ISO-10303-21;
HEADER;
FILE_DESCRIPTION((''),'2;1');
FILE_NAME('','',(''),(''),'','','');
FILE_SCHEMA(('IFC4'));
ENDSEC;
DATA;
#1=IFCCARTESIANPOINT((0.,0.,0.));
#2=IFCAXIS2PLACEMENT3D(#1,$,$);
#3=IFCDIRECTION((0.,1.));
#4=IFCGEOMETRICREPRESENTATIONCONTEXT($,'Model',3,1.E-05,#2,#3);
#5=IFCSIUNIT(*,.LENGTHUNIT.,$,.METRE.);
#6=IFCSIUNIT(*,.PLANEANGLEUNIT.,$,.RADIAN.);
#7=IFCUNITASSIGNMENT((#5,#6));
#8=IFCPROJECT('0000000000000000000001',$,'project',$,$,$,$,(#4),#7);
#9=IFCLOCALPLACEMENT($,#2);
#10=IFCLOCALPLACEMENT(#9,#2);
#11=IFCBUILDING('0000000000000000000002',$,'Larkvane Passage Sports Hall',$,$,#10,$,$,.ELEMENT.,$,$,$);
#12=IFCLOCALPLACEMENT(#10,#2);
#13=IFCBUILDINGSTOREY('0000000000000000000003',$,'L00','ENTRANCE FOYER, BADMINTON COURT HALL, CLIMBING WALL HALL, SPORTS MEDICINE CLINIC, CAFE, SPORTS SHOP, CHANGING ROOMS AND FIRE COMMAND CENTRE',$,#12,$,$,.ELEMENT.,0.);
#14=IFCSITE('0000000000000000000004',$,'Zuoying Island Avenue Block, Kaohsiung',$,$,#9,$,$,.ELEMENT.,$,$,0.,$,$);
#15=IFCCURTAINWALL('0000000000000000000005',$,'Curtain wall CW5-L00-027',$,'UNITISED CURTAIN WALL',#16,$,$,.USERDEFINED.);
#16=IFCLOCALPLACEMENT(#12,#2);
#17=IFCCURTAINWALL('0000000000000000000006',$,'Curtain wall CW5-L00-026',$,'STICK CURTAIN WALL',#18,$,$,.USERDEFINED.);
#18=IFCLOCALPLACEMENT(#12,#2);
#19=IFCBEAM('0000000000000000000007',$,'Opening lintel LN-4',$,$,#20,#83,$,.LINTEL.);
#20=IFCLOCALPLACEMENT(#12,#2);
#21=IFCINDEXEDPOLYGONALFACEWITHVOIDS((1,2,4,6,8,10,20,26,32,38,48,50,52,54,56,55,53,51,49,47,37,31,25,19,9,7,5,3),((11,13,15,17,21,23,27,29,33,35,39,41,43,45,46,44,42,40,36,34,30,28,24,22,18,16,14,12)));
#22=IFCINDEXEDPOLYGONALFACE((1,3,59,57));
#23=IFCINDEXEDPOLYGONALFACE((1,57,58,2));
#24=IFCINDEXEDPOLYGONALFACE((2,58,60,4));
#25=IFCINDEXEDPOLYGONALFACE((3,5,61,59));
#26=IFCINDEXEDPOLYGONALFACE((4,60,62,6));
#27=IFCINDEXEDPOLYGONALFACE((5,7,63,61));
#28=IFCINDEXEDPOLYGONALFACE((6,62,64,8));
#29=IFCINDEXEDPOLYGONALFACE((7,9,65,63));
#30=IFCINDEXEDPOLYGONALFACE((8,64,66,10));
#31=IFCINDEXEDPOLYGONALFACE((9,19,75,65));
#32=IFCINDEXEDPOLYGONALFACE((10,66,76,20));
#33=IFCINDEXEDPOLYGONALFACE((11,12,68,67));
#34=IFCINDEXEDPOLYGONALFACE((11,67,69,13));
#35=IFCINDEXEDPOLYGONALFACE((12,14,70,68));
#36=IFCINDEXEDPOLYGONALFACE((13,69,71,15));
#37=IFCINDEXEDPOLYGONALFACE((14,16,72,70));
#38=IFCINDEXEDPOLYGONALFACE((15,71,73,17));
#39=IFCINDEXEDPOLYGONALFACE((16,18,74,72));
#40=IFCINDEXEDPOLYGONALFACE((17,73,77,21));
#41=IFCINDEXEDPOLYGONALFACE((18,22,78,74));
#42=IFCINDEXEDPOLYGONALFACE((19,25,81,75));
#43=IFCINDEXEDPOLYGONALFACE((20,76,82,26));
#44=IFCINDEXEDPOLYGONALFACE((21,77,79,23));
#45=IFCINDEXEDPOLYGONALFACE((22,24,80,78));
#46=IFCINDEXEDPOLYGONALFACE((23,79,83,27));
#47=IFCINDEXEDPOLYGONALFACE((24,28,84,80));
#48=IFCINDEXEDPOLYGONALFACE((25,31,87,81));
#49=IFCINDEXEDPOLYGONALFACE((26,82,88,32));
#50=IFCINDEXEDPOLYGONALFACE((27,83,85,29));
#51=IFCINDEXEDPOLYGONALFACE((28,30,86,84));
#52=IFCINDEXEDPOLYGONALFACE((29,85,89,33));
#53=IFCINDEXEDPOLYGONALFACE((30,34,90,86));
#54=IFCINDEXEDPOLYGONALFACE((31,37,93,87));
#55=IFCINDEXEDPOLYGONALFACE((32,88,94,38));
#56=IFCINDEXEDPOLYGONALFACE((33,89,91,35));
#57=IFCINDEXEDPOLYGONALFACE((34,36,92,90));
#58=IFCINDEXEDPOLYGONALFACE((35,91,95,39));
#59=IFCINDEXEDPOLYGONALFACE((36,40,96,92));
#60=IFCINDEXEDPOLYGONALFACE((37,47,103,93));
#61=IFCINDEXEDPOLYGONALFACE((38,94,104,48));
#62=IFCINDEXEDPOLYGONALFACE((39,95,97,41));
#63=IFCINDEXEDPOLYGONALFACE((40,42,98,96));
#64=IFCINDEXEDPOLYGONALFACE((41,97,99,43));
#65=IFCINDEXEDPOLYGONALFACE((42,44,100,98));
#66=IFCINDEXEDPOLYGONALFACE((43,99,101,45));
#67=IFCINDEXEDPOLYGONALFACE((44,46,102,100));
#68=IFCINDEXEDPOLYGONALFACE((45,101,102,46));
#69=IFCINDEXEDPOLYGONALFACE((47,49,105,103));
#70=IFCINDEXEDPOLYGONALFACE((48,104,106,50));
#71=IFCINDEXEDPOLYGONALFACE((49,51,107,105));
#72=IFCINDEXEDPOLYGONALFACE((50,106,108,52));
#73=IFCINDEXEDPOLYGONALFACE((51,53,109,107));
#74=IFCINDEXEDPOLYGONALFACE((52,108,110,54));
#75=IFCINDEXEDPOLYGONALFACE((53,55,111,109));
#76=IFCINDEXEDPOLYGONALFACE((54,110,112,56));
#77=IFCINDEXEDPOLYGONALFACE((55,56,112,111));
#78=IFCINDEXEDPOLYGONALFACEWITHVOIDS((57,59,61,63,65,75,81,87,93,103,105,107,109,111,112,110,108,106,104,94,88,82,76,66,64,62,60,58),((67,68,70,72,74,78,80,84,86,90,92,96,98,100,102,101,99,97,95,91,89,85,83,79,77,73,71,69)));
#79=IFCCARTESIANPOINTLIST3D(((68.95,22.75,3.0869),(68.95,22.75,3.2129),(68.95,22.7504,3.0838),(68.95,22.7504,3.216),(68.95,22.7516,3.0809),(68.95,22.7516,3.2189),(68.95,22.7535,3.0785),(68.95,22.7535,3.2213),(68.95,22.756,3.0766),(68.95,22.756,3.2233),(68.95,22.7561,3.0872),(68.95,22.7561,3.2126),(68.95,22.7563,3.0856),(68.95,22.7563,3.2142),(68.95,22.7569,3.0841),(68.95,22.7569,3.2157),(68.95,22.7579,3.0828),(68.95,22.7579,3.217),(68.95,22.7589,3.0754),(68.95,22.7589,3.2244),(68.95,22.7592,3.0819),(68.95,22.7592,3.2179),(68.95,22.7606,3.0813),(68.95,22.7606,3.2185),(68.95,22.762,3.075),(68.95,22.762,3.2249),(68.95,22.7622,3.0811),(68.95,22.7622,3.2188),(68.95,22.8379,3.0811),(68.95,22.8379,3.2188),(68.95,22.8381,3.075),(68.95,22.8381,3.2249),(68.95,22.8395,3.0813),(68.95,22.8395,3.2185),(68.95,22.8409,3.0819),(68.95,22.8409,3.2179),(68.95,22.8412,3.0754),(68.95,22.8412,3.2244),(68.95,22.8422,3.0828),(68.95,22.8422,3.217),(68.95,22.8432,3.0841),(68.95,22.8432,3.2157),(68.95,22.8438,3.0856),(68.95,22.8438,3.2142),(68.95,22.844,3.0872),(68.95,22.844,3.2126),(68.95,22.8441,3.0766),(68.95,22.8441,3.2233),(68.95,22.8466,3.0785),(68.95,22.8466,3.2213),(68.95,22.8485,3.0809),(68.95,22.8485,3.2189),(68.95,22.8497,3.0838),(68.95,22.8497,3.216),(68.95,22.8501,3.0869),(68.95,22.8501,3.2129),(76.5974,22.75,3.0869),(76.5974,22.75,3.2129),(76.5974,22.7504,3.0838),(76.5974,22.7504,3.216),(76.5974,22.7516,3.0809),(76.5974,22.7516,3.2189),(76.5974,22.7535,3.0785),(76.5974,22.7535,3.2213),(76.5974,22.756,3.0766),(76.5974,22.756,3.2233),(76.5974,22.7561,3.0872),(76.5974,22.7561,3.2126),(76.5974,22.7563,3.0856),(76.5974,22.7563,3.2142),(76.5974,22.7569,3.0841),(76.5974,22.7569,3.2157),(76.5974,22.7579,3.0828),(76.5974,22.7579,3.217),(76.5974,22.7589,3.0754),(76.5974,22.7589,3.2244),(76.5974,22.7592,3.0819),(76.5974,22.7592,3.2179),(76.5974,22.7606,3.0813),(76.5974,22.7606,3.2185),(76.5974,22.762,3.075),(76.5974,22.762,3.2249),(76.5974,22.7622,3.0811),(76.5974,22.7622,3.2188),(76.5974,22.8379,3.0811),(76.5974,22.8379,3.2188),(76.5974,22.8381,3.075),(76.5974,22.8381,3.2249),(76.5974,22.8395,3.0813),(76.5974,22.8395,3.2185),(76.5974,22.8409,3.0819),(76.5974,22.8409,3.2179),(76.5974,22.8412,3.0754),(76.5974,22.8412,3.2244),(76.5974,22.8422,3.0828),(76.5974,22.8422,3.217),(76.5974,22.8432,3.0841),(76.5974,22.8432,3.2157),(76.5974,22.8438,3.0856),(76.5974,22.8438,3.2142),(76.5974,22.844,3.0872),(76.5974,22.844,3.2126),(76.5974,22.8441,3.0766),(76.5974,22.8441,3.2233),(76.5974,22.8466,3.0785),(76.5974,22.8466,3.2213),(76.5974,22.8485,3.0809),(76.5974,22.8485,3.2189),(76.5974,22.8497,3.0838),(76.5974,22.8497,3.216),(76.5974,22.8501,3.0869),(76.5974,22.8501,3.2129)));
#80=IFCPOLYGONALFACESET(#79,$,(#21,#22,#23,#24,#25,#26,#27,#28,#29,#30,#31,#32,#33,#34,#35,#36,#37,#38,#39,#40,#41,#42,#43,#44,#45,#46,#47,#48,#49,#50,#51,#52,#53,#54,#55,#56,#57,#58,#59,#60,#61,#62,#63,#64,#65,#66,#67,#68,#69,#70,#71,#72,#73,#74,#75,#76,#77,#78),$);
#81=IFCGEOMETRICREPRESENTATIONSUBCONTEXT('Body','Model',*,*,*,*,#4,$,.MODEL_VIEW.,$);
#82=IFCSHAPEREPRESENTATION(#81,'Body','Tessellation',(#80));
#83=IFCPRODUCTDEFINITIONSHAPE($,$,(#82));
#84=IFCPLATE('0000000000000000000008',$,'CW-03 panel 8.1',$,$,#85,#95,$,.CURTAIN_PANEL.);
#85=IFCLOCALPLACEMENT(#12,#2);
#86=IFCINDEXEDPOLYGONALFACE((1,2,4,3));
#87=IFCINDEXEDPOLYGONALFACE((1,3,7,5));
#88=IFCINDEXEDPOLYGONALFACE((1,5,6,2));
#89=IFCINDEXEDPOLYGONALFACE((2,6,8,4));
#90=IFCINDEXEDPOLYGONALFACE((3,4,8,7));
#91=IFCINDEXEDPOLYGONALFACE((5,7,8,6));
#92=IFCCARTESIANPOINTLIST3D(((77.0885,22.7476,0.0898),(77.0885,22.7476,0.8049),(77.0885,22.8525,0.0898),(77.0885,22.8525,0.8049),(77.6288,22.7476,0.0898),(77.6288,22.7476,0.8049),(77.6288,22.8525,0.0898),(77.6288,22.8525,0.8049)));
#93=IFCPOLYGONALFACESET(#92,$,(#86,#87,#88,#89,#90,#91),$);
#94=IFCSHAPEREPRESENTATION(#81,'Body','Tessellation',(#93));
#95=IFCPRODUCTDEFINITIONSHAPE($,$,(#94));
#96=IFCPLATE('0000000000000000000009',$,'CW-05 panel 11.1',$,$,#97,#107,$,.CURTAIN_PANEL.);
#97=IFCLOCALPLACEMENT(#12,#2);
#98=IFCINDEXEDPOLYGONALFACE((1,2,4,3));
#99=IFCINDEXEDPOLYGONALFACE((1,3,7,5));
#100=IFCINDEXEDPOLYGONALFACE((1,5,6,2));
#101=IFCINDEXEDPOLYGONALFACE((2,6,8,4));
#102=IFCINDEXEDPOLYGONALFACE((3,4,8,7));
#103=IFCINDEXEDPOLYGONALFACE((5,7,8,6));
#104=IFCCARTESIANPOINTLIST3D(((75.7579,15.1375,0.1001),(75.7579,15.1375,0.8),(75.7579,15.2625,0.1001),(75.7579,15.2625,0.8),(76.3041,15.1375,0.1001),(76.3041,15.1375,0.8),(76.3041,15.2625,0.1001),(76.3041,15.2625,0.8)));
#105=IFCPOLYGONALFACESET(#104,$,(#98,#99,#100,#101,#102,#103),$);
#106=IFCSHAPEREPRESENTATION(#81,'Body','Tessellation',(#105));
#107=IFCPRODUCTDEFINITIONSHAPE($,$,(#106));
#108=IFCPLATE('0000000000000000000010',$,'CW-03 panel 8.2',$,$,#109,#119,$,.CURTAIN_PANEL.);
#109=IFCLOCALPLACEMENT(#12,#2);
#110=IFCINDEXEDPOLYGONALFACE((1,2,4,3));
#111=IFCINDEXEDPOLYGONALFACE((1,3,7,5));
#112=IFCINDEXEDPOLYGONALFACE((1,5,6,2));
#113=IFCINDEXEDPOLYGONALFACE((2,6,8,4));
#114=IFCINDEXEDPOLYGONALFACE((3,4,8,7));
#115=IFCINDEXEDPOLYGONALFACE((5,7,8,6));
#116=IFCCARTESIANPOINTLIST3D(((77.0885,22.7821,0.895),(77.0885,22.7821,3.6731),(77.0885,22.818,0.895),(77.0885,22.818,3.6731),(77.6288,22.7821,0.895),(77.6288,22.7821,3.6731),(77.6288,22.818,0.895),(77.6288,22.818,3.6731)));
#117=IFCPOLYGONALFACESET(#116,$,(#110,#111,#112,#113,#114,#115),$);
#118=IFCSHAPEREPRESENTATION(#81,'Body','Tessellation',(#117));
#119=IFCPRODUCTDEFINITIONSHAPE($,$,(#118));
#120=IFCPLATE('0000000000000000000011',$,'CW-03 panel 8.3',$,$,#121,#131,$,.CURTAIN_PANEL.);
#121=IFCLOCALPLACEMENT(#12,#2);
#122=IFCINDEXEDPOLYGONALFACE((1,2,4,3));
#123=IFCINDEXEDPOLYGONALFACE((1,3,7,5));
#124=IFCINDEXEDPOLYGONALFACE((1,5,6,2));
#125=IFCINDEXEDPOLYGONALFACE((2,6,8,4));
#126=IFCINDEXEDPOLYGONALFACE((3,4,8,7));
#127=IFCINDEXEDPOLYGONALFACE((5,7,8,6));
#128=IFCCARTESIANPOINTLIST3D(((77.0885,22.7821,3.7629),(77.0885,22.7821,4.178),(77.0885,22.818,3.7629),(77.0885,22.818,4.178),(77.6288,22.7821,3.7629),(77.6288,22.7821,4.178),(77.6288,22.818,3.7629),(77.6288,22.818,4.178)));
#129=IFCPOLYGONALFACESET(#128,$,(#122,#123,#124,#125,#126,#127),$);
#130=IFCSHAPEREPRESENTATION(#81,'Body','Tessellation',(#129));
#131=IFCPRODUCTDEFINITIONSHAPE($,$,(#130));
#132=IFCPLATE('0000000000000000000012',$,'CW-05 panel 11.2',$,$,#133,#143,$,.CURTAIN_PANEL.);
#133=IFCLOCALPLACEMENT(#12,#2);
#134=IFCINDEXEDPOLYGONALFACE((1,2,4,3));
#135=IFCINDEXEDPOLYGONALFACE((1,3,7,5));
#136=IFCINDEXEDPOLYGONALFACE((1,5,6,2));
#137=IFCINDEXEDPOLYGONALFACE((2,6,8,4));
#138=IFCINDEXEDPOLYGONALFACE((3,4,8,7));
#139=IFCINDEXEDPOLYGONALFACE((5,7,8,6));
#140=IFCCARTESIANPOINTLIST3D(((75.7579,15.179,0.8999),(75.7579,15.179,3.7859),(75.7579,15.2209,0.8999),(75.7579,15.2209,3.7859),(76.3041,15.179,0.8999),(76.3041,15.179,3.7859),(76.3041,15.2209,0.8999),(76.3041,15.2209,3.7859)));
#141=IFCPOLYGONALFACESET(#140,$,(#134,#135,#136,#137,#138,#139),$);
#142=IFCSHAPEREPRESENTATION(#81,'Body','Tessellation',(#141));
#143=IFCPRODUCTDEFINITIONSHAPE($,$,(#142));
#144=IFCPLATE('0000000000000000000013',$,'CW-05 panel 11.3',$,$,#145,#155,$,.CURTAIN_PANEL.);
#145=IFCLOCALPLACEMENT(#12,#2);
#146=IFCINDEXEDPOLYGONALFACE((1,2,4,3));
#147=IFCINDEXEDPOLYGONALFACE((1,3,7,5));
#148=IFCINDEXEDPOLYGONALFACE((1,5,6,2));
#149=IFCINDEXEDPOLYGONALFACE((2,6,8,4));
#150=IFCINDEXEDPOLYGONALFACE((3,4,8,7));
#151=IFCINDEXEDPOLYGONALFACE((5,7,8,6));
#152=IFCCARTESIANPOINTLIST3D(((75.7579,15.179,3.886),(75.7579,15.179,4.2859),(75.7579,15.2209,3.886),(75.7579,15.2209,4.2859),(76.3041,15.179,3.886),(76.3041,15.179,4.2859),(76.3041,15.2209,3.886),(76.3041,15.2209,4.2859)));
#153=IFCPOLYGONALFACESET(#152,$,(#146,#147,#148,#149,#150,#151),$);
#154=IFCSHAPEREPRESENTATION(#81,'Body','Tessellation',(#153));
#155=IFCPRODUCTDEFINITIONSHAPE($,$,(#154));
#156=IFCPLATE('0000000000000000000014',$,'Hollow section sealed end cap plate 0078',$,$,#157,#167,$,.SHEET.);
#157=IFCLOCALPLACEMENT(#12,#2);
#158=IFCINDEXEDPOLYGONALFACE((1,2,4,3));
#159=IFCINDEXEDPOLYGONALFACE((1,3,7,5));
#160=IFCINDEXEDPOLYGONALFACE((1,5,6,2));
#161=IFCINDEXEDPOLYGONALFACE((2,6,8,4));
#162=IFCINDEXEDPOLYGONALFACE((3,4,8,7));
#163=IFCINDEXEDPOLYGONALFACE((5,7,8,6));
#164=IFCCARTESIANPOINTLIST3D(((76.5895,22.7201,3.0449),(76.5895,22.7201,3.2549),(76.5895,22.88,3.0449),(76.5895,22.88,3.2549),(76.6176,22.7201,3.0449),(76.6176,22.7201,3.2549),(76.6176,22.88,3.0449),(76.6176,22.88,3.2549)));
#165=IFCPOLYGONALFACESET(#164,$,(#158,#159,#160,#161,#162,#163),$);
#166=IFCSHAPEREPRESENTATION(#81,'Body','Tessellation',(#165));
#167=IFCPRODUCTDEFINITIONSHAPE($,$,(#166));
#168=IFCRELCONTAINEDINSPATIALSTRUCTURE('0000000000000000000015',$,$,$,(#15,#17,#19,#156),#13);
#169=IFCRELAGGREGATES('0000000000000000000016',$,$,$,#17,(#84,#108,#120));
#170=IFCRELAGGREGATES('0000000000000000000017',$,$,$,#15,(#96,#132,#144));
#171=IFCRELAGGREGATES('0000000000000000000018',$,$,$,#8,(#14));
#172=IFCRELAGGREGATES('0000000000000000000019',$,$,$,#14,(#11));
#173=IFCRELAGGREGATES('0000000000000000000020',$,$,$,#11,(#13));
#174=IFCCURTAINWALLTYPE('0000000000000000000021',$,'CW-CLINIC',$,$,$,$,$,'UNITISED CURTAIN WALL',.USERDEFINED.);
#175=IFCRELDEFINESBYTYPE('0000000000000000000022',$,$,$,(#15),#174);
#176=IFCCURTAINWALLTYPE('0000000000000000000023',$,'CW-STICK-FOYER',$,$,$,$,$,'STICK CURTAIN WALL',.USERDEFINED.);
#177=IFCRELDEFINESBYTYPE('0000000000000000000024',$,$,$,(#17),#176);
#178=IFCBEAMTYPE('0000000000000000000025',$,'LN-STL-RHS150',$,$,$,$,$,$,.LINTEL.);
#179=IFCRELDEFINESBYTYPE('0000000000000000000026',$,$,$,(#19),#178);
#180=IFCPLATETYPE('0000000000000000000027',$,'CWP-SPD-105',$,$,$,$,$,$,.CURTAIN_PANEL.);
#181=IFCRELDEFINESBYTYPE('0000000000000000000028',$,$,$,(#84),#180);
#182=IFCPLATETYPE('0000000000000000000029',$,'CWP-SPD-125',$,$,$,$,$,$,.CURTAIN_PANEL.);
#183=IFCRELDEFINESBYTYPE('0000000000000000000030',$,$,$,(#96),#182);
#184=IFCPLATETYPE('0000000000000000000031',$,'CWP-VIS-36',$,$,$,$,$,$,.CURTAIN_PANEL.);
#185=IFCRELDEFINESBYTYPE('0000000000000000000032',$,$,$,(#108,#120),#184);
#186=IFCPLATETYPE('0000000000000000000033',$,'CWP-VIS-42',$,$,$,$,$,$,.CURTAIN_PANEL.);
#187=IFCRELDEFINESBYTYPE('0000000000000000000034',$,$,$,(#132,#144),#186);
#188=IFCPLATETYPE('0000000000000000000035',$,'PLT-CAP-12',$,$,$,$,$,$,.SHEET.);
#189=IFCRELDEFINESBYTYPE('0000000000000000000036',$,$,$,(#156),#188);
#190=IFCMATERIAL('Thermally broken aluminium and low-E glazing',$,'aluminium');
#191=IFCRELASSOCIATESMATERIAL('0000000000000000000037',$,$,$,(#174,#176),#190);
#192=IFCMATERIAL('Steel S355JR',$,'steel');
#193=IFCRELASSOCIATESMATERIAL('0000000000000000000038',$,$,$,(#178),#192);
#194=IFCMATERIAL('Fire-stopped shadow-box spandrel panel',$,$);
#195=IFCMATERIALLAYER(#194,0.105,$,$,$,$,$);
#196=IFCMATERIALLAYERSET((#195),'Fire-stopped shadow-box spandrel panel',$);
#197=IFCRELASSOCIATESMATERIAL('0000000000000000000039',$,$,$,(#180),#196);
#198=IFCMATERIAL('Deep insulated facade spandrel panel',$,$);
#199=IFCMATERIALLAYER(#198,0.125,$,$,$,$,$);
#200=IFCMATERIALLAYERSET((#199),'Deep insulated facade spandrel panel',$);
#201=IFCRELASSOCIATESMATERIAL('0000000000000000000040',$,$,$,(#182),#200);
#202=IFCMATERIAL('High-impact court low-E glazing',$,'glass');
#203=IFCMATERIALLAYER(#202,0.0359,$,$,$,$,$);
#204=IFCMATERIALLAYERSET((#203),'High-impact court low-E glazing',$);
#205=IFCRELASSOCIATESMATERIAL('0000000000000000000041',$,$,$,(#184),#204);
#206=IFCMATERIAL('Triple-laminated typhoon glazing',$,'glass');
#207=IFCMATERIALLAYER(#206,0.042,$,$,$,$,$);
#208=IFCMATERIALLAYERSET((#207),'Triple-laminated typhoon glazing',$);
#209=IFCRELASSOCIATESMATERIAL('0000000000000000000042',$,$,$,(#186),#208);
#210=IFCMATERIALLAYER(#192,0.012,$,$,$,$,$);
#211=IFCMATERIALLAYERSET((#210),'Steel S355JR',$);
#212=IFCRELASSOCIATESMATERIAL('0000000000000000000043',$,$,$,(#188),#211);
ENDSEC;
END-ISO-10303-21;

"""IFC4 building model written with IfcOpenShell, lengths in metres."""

from ifc_helpers import new_model, si_unit, direction, frame, origin, origin_2d, place, context, subcontext, project, spatial, rectangle, hollow_rectangle, extrude, material, layer, layer_set, material_profile, profile_set, type_object, element, aggregate, save


model = new_model("IFC4")

# Units and contexts
model_context = context("Model", 3, precision=1e-05, world=origin(), true_north=direction((0.0, 1.0)))
body_context = subcontext(model_context, "Body", "Model", "MODEL_VIEW")
ifc_project = project(units=[si_unit("LENGTHUNIT", "METRE"), si_unit("PLANEANGLEUNIT", "RADIAN")], contexts=[model_context])

# Site, building, storey
site_placement = place(None, origin())
site = spatial("IfcSite", under=ifc_project, at=site_placement, Name="Zuoying Island Avenue Block, Kaohsiung", CompositionType="ELEMENT", RefElevation=0.0)
building_placement = place(site_placement, origin())
building = spatial("IfcBuilding", under=site, at=building_placement, Name="Larkvane Passage Sports Hall", CompositionType="ELEMENT")
storey_placement = place(building_placement, origin())
storey = spatial("IfcBuildingStorey", under=building, at=storey_placement, Name="L00", Description="ENTRANCE FOYER, BADMINTON COURT HALL, CLIMBING WALL HALL, SPORTS MEDICINE CLINIC, CAFE, SPORTS SHOP, CHANGING ROOMS AND FIRE COMMAND CENTRE", CompositionType="ELEMENT", Elevation=0.0)

# Curtain wall
ifc_material_1 = material(Name="Thermally broken aluminium and low-E glazing", Category="aluminium")
curtain_wall_type_1 = type_object("IfcCurtainWallType", Name="CW-CLINIC", ElementType="UNITISED CURTAIN WALL", PredefinedType="USERDEFINED", material=ifc_material_1)
curtain_wall_1_placement = place(storey_placement, origin())
curtain_wall_1 = element("IfcCurtainWall", 1, at=curtain_wall_1_placement, inside=storey, type_object=curtain_wall_type_1, Name="Curtain wall CW5-L00-027", ObjectType="UNITISED CURTAIN WALL", PredefinedType="USERDEFINED")

# Curtain wall
curtain_wall_type_2 = type_object("IfcCurtainWallType", Name="CW-STICK-FOYER", ElementType="STICK CURTAIN WALL", PredefinedType="USERDEFINED", material=ifc_material_1)
curtain_wall_2_placement = place(storey_placement, origin())
curtain_wall_2 = element("IfcCurtainWall", 2, at=curtain_wall_2_placement, inside=storey, type_object=curtain_wall_type_2, Name="Curtain wall CW5-L00-026", ObjectType="STICK CURTAIN WALL", PredefinedType="USERDEFINED")

# Beam
ifc_material_2 = material(Name="Steel S355JR", Category="steel")
ifc_material_profile_1 = material_profile(ifc_material_2, hollow_rectangle(XDim=0.1001, YDim=0.1499, WallThickness=0.0061, InnerFilletRadius=0.0061, OuterFilletRadius=0.012, at=origin_2d()), Name="RHS-150x100x6")
ifc_profile_set_1 = profile_set([ifc_material_profile_1], Name="Steel S355JR")
beam_type_1 = type_object("IfcBeamType", Name="LN-STL-RHS150", PredefinedType="LINTEL", material=ifc_profile_set_1)
beam_1_placement = place(storey_placement, frame((68.95, 22.8, 3.1499), z_axis=(1.0, 0.0, 0.0), x_axis=(0.0, 1.0, 0.0)))
element("IfcBeam", 3, at=beam_1_placement, inside=storey, type_object=beam_type_1, Name="Opening lintel LN-4", PredefinedType="LINTEL", context=body_context, shape_type="SweptSolid", body=[
    extrude(hollow_rectangle(XDim=0.1001, YDim=0.1499, WallThickness=0.0061, InnerFilletRadius=0.0061, OuterFilletRadius=0.012, at=origin_2d()), origin(), (0.0, 0.0, 1.0), 7.6475),
])

# Plates
ifc_material_3 = material(Name="Fire-stopped shadow-box spandrel panel")
ifc_layer_1 = layer(ifc_material_3, 0.105)
ifc_layer_set_1 = layer_set([ifc_layer_1], Name="Fire-stopped shadow-box spandrel panel")
plate_type_1 = type_object("IfcPlateType", Name="CWP-SPD-105", PredefinedType="CURTAIN_PANEL", material=ifc_layer_set_1)
plate_1_placement = place(storey_placement, frame((77.3586, 22.8, 0.0898), z_axis=(0.0, 0.0, 1.0), x_axis=(-1.0, 0.0, 0.0)))
plate_1 = element("IfcPlate", 4, at=plate_1_placement, type_object=plate_type_1, Name="CW-03 panel 8.1", PredefinedType="CURTAIN_PANEL", context=body_context, shape_type="SweptSolid", body=[
    extrude(rectangle(XDim=0.5403, YDim=0.105, at=origin_2d()), origin(), (0.0, 0.0, 1.0), 0.7151),
])
ifc_material_4 = material(Name="Deep insulated facade spandrel panel")
ifc_layer_2 = layer(ifc_material_4, 0.125)
ifc_layer_set_2 = layer_set([ifc_layer_2], Name="Deep insulated facade spandrel panel")
plate_type_2 = type_object("IfcPlateType", Name="CWP-SPD-125", PredefinedType="CURTAIN_PANEL", material=ifc_layer_set_2)
plate_2_placement = place(storey_placement, frame((76.031, 15.2, 0.1001), z_axis=(0.0, 0.0, 1.0), x_axis=(1.0, 0.0, 0.0)))
plate_2 = element("IfcPlate", 5, at=plate_2_placement, type_object=plate_type_2, Name="CW-05 panel 11.1", PredefinedType="CURTAIN_PANEL", context=body_context, shape_type="SweptSolid", body=[
    extrude(rectangle(XDim=0.5461, YDim=0.125, at=origin_2d()), origin(), (0.0, 0.0, 1.0), 0.7),
])
ifc_material_5 = material(Name="High-impact court low-E glazing", Category="glass")
ifc_layer_3 = layer(ifc_material_5, 0.0359)
ifc_layer_set_3 = layer_set([ifc_layer_3], Name="High-impact court low-E glazing")
plate_type_3 = type_object("IfcPlateType", Name="CWP-VIS-36", PredefinedType="CURTAIN_PANEL", material=ifc_layer_set_3)
plate_3_placement = place(storey_placement, frame((77.3586, 22.8, 0.895), z_axis=(0.0, 0.0, 1.0), x_axis=(-1.0, 0.0, 0.0)))
plate_3 = element("IfcPlate", 6, at=plate_3_placement, type_object=plate_type_3, Name="CW-03 panel 8.2", PredefinedType="CURTAIN_PANEL", context=body_context, shape_type="SweptSolid", body=[
    extrude(rectangle(XDim=0.5403, YDim=0.0359, at=origin_2d()), origin(), (0.0, 0.0, 1.0), 2.7781),
])
plate_4_placement = place(storey_placement, frame((77.3586, 22.8, 3.7629), z_axis=(0.0, 0.0, 1.0), x_axis=(-1.0, 0.0, 0.0)))
plate_4 = element("IfcPlate", 7, at=plate_4_placement, type_object=plate_type_3, Name="CW-03 panel 8.3", PredefinedType="CURTAIN_PANEL", context=body_context, shape_type="SweptSolid", body=[
    extrude(rectangle(XDim=0.5403, YDim=0.0359, at=origin_2d()), origin(), (0.0, 0.0, 1.0), 0.415),
])
aggregate(curtain_wall_2, [plate_1, plate_3, plate_4])
ifc_material_6 = material(Name="Triple-laminated typhoon glazing", Category="glass")
ifc_layer_4 = layer(ifc_material_6, 0.042)
ifc_layer_set_4 = layer_set([ifc_layer_4], Name="Triple-laminated typhoon glazing")
plate_type_4 = type_object("IfcPlateType", Name="CWP-VIS-42", PredefinedType="CURTAIN_PANEL", material=ifc_layer_set_4)
plate_5_placement = place(storey_placement, frame((76.031, 15.2, 0.8999), z_axis=(0.0, 0.0, 1.0), x_axis=(1.0, 0.0, 0.0)))
plate_5 = element("IfcPlate", 8, at=plate_5_placement, type_object=plate_type_4, Name="CW-05 panel 11.2", PredefinedType="CURTAIN_PANEL", context=body_context, shape_type="SweptSolid", body=[
    extrude(rectangle(XDim=0.5461, YDim=0.042, at=origin_2d()), origin(), (0.0, 0.0, 1.0), 2.886),
])
plate_6_placement = place(storey_placement, frame((76.031, 15.2, 3.886), z_axis=(0.0, 0.0, 1.0), x_axis=(1.0, 0.0, 0.0)))
plate_6 = element("IfcPlate", 9, at=plate_6_placement, type_object=plate_type_4, Name="CW-05 panel 11.3", PredefinedType="CURTAIN_PANEL", context=body_context, shape_type="SweptSolid", body=[
    extrude(rectangle(XDim=0.5461, YDim=0.042, at=origin_2d()), origin(), (0.0, 0.0, 1.0), 0.3999),
])
aggregate(curtain_wall_1, [plate_2, plate_5, plate_6])
ifc_layer_5 = layer(ifc_material_2, 0.012)
ifc_layer_set_5 = layer_set([ifc_layer_5], Name="Steel S355JR")
plate_type_5 = type_object("IfcPlateType", Name="PLT-CAP-12", PredefinedType="SHEET", material=ifc_layer_set_5)
plate_7_placement = place(storey_placement, frame((76.6035, 22.8, 3.0449), z_axis=(0.0, 0.0, 1.0), x_axis=(0.0, 1.0, 0.0)))
element("IfcPlate", 10, at=plate_7_placement, inside=storey, type_object=plate_type_5, Name="Hollow section sealed end cap plate 0078", PredefinedType="SHEET", context=body_context, shape_type="SweptSolid", body=[
    extrude(rectangle(XDim=0.1599, YDim=0.0281, at=origin_2d()), origin(), (0.0, 0.0, 1.0), 0.21),
])

save(model, "model.ifc")
